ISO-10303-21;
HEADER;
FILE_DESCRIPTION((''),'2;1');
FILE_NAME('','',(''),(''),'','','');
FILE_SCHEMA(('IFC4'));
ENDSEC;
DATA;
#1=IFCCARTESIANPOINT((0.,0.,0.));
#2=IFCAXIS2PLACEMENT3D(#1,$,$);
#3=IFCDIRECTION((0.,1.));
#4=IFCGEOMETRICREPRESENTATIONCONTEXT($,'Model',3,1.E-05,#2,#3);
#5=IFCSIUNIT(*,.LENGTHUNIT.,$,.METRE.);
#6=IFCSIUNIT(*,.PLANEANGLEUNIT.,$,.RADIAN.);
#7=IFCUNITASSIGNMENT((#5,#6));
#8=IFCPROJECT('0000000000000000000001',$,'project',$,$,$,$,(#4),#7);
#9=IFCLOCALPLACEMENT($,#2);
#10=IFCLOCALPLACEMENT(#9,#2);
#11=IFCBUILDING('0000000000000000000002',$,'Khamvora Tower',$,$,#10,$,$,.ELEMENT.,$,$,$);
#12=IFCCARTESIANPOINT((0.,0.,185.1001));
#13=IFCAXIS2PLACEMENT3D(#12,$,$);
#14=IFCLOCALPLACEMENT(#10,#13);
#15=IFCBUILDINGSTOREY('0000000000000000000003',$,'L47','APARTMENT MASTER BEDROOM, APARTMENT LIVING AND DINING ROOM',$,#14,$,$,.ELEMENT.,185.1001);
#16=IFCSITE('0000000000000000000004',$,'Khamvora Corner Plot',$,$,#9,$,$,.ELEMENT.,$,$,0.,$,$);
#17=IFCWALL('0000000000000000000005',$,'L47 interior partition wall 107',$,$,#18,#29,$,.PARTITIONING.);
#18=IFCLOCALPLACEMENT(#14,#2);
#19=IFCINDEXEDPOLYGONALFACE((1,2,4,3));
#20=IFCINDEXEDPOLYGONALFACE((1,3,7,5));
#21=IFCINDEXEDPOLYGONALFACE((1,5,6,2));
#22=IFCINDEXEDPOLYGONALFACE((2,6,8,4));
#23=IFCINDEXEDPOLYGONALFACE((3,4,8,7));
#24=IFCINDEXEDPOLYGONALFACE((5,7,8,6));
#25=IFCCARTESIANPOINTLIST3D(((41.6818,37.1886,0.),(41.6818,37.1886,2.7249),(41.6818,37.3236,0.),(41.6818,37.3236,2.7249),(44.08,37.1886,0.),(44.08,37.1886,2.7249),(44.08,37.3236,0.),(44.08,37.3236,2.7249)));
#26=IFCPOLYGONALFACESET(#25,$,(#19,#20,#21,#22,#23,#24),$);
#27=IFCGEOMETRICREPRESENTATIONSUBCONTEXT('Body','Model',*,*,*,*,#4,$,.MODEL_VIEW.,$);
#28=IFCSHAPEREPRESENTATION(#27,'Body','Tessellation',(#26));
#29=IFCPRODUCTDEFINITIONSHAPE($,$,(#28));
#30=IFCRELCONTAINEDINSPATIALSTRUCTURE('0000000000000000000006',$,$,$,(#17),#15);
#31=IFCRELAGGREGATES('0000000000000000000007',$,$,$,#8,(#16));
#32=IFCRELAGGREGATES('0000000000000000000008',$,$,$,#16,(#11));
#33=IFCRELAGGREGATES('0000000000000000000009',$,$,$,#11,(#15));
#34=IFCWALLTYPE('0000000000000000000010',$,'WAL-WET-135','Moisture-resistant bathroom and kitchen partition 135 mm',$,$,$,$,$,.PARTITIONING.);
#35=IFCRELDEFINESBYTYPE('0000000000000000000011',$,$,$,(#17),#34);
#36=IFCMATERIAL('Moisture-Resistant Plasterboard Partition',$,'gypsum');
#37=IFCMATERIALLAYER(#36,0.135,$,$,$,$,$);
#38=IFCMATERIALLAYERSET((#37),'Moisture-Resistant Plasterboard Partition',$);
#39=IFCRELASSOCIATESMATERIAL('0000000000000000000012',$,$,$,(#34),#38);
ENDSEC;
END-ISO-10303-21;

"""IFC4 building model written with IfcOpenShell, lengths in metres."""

from ifc_helpers import new_model, si_unit, direction, frame, frame_2d, origin, place, context, subcontext, project, spatial, rectangle, extrude, material, layer, layer_set, type_object, element, save


model = new_model("IFC4")

# Units and contexts
model_context = context("Model", 3, precision=1e-05, world=origin(), true_north=direction((0.0, 1.0)))
body_context = subcontext(model_context, "Body", "Model", "MODEL_VIEW")
ifc_project = project(units=[si_unit("LENGTHUNIT", "METRE"), si_unit("PLANEANGLEUNIT", "RADIAN")], contexts=[model_context])

# Site, building, storey
site_placement = place(None, origin())
site = spatial("IfcSite", under=ifc_project, at=site_placement, Name="Khamvora Corner Plot", CompositionType="ELEMENT", RefElevation=0.0)
building_placement = place(site_placement, origin())
building = spatial("IfcBuilding", under=site, at=building_placement, Name="Khamvora Tower", CompositionType="ELEMENT")
storey_placement = place(building_placement, frame((0.0, 0.0, 185.1001)))
storey = spatial("IfcBuildingStorey", under=building, at=storey_placement, Name="L47", Description="APARTMENT MASTER BEDROOM, APARTMENT LIVING AND DINING ROOM", CompositionType="ELEMENT", Elevation=185.1001)

# Shared definitions
ifc_material_1 = material(Name="Moisture-Resistant Plasterboard Partition", Category="gypsum")
ifc_layer_1 = layer(ifc_material_1, 0.135)
ifc_layer_set_1 = layer_set([ifc_layer_1], Name="Moisture-Resistant Plasterboard Partition")
wall_type_1 = type_object("IfcWallType", Name="WAL-WET-135", Description="Moisture-resistant bathroom and kitchen partition 135 mm", PredefinedType="PARTITIONING", material=ifc_layer_set_1)

# Wall
wall_1_placement = place(storey_placement, frame((44.0801, 37.2561, 0.0), z_axis=(0.0, 0.0, 1.0), x_axis=(-1.0, 0.0, 0.0)))
element("IfcWall", 1, at=wall_1_placement, inside=storey, type_object=wall_type_1, Name="L47 interior partition wall 107", PredefinedType="PARTITIONING", context=body_context, shape_type="SweptSolid", body=[
    extrude(rectangle(XDim=2.3982, YDim=0.135, at=frame_2d((1.1992, 0.0))), origin(), (0.0, 0.0, 1.0), 2.7249),
])

save(model, "model.ifc")
